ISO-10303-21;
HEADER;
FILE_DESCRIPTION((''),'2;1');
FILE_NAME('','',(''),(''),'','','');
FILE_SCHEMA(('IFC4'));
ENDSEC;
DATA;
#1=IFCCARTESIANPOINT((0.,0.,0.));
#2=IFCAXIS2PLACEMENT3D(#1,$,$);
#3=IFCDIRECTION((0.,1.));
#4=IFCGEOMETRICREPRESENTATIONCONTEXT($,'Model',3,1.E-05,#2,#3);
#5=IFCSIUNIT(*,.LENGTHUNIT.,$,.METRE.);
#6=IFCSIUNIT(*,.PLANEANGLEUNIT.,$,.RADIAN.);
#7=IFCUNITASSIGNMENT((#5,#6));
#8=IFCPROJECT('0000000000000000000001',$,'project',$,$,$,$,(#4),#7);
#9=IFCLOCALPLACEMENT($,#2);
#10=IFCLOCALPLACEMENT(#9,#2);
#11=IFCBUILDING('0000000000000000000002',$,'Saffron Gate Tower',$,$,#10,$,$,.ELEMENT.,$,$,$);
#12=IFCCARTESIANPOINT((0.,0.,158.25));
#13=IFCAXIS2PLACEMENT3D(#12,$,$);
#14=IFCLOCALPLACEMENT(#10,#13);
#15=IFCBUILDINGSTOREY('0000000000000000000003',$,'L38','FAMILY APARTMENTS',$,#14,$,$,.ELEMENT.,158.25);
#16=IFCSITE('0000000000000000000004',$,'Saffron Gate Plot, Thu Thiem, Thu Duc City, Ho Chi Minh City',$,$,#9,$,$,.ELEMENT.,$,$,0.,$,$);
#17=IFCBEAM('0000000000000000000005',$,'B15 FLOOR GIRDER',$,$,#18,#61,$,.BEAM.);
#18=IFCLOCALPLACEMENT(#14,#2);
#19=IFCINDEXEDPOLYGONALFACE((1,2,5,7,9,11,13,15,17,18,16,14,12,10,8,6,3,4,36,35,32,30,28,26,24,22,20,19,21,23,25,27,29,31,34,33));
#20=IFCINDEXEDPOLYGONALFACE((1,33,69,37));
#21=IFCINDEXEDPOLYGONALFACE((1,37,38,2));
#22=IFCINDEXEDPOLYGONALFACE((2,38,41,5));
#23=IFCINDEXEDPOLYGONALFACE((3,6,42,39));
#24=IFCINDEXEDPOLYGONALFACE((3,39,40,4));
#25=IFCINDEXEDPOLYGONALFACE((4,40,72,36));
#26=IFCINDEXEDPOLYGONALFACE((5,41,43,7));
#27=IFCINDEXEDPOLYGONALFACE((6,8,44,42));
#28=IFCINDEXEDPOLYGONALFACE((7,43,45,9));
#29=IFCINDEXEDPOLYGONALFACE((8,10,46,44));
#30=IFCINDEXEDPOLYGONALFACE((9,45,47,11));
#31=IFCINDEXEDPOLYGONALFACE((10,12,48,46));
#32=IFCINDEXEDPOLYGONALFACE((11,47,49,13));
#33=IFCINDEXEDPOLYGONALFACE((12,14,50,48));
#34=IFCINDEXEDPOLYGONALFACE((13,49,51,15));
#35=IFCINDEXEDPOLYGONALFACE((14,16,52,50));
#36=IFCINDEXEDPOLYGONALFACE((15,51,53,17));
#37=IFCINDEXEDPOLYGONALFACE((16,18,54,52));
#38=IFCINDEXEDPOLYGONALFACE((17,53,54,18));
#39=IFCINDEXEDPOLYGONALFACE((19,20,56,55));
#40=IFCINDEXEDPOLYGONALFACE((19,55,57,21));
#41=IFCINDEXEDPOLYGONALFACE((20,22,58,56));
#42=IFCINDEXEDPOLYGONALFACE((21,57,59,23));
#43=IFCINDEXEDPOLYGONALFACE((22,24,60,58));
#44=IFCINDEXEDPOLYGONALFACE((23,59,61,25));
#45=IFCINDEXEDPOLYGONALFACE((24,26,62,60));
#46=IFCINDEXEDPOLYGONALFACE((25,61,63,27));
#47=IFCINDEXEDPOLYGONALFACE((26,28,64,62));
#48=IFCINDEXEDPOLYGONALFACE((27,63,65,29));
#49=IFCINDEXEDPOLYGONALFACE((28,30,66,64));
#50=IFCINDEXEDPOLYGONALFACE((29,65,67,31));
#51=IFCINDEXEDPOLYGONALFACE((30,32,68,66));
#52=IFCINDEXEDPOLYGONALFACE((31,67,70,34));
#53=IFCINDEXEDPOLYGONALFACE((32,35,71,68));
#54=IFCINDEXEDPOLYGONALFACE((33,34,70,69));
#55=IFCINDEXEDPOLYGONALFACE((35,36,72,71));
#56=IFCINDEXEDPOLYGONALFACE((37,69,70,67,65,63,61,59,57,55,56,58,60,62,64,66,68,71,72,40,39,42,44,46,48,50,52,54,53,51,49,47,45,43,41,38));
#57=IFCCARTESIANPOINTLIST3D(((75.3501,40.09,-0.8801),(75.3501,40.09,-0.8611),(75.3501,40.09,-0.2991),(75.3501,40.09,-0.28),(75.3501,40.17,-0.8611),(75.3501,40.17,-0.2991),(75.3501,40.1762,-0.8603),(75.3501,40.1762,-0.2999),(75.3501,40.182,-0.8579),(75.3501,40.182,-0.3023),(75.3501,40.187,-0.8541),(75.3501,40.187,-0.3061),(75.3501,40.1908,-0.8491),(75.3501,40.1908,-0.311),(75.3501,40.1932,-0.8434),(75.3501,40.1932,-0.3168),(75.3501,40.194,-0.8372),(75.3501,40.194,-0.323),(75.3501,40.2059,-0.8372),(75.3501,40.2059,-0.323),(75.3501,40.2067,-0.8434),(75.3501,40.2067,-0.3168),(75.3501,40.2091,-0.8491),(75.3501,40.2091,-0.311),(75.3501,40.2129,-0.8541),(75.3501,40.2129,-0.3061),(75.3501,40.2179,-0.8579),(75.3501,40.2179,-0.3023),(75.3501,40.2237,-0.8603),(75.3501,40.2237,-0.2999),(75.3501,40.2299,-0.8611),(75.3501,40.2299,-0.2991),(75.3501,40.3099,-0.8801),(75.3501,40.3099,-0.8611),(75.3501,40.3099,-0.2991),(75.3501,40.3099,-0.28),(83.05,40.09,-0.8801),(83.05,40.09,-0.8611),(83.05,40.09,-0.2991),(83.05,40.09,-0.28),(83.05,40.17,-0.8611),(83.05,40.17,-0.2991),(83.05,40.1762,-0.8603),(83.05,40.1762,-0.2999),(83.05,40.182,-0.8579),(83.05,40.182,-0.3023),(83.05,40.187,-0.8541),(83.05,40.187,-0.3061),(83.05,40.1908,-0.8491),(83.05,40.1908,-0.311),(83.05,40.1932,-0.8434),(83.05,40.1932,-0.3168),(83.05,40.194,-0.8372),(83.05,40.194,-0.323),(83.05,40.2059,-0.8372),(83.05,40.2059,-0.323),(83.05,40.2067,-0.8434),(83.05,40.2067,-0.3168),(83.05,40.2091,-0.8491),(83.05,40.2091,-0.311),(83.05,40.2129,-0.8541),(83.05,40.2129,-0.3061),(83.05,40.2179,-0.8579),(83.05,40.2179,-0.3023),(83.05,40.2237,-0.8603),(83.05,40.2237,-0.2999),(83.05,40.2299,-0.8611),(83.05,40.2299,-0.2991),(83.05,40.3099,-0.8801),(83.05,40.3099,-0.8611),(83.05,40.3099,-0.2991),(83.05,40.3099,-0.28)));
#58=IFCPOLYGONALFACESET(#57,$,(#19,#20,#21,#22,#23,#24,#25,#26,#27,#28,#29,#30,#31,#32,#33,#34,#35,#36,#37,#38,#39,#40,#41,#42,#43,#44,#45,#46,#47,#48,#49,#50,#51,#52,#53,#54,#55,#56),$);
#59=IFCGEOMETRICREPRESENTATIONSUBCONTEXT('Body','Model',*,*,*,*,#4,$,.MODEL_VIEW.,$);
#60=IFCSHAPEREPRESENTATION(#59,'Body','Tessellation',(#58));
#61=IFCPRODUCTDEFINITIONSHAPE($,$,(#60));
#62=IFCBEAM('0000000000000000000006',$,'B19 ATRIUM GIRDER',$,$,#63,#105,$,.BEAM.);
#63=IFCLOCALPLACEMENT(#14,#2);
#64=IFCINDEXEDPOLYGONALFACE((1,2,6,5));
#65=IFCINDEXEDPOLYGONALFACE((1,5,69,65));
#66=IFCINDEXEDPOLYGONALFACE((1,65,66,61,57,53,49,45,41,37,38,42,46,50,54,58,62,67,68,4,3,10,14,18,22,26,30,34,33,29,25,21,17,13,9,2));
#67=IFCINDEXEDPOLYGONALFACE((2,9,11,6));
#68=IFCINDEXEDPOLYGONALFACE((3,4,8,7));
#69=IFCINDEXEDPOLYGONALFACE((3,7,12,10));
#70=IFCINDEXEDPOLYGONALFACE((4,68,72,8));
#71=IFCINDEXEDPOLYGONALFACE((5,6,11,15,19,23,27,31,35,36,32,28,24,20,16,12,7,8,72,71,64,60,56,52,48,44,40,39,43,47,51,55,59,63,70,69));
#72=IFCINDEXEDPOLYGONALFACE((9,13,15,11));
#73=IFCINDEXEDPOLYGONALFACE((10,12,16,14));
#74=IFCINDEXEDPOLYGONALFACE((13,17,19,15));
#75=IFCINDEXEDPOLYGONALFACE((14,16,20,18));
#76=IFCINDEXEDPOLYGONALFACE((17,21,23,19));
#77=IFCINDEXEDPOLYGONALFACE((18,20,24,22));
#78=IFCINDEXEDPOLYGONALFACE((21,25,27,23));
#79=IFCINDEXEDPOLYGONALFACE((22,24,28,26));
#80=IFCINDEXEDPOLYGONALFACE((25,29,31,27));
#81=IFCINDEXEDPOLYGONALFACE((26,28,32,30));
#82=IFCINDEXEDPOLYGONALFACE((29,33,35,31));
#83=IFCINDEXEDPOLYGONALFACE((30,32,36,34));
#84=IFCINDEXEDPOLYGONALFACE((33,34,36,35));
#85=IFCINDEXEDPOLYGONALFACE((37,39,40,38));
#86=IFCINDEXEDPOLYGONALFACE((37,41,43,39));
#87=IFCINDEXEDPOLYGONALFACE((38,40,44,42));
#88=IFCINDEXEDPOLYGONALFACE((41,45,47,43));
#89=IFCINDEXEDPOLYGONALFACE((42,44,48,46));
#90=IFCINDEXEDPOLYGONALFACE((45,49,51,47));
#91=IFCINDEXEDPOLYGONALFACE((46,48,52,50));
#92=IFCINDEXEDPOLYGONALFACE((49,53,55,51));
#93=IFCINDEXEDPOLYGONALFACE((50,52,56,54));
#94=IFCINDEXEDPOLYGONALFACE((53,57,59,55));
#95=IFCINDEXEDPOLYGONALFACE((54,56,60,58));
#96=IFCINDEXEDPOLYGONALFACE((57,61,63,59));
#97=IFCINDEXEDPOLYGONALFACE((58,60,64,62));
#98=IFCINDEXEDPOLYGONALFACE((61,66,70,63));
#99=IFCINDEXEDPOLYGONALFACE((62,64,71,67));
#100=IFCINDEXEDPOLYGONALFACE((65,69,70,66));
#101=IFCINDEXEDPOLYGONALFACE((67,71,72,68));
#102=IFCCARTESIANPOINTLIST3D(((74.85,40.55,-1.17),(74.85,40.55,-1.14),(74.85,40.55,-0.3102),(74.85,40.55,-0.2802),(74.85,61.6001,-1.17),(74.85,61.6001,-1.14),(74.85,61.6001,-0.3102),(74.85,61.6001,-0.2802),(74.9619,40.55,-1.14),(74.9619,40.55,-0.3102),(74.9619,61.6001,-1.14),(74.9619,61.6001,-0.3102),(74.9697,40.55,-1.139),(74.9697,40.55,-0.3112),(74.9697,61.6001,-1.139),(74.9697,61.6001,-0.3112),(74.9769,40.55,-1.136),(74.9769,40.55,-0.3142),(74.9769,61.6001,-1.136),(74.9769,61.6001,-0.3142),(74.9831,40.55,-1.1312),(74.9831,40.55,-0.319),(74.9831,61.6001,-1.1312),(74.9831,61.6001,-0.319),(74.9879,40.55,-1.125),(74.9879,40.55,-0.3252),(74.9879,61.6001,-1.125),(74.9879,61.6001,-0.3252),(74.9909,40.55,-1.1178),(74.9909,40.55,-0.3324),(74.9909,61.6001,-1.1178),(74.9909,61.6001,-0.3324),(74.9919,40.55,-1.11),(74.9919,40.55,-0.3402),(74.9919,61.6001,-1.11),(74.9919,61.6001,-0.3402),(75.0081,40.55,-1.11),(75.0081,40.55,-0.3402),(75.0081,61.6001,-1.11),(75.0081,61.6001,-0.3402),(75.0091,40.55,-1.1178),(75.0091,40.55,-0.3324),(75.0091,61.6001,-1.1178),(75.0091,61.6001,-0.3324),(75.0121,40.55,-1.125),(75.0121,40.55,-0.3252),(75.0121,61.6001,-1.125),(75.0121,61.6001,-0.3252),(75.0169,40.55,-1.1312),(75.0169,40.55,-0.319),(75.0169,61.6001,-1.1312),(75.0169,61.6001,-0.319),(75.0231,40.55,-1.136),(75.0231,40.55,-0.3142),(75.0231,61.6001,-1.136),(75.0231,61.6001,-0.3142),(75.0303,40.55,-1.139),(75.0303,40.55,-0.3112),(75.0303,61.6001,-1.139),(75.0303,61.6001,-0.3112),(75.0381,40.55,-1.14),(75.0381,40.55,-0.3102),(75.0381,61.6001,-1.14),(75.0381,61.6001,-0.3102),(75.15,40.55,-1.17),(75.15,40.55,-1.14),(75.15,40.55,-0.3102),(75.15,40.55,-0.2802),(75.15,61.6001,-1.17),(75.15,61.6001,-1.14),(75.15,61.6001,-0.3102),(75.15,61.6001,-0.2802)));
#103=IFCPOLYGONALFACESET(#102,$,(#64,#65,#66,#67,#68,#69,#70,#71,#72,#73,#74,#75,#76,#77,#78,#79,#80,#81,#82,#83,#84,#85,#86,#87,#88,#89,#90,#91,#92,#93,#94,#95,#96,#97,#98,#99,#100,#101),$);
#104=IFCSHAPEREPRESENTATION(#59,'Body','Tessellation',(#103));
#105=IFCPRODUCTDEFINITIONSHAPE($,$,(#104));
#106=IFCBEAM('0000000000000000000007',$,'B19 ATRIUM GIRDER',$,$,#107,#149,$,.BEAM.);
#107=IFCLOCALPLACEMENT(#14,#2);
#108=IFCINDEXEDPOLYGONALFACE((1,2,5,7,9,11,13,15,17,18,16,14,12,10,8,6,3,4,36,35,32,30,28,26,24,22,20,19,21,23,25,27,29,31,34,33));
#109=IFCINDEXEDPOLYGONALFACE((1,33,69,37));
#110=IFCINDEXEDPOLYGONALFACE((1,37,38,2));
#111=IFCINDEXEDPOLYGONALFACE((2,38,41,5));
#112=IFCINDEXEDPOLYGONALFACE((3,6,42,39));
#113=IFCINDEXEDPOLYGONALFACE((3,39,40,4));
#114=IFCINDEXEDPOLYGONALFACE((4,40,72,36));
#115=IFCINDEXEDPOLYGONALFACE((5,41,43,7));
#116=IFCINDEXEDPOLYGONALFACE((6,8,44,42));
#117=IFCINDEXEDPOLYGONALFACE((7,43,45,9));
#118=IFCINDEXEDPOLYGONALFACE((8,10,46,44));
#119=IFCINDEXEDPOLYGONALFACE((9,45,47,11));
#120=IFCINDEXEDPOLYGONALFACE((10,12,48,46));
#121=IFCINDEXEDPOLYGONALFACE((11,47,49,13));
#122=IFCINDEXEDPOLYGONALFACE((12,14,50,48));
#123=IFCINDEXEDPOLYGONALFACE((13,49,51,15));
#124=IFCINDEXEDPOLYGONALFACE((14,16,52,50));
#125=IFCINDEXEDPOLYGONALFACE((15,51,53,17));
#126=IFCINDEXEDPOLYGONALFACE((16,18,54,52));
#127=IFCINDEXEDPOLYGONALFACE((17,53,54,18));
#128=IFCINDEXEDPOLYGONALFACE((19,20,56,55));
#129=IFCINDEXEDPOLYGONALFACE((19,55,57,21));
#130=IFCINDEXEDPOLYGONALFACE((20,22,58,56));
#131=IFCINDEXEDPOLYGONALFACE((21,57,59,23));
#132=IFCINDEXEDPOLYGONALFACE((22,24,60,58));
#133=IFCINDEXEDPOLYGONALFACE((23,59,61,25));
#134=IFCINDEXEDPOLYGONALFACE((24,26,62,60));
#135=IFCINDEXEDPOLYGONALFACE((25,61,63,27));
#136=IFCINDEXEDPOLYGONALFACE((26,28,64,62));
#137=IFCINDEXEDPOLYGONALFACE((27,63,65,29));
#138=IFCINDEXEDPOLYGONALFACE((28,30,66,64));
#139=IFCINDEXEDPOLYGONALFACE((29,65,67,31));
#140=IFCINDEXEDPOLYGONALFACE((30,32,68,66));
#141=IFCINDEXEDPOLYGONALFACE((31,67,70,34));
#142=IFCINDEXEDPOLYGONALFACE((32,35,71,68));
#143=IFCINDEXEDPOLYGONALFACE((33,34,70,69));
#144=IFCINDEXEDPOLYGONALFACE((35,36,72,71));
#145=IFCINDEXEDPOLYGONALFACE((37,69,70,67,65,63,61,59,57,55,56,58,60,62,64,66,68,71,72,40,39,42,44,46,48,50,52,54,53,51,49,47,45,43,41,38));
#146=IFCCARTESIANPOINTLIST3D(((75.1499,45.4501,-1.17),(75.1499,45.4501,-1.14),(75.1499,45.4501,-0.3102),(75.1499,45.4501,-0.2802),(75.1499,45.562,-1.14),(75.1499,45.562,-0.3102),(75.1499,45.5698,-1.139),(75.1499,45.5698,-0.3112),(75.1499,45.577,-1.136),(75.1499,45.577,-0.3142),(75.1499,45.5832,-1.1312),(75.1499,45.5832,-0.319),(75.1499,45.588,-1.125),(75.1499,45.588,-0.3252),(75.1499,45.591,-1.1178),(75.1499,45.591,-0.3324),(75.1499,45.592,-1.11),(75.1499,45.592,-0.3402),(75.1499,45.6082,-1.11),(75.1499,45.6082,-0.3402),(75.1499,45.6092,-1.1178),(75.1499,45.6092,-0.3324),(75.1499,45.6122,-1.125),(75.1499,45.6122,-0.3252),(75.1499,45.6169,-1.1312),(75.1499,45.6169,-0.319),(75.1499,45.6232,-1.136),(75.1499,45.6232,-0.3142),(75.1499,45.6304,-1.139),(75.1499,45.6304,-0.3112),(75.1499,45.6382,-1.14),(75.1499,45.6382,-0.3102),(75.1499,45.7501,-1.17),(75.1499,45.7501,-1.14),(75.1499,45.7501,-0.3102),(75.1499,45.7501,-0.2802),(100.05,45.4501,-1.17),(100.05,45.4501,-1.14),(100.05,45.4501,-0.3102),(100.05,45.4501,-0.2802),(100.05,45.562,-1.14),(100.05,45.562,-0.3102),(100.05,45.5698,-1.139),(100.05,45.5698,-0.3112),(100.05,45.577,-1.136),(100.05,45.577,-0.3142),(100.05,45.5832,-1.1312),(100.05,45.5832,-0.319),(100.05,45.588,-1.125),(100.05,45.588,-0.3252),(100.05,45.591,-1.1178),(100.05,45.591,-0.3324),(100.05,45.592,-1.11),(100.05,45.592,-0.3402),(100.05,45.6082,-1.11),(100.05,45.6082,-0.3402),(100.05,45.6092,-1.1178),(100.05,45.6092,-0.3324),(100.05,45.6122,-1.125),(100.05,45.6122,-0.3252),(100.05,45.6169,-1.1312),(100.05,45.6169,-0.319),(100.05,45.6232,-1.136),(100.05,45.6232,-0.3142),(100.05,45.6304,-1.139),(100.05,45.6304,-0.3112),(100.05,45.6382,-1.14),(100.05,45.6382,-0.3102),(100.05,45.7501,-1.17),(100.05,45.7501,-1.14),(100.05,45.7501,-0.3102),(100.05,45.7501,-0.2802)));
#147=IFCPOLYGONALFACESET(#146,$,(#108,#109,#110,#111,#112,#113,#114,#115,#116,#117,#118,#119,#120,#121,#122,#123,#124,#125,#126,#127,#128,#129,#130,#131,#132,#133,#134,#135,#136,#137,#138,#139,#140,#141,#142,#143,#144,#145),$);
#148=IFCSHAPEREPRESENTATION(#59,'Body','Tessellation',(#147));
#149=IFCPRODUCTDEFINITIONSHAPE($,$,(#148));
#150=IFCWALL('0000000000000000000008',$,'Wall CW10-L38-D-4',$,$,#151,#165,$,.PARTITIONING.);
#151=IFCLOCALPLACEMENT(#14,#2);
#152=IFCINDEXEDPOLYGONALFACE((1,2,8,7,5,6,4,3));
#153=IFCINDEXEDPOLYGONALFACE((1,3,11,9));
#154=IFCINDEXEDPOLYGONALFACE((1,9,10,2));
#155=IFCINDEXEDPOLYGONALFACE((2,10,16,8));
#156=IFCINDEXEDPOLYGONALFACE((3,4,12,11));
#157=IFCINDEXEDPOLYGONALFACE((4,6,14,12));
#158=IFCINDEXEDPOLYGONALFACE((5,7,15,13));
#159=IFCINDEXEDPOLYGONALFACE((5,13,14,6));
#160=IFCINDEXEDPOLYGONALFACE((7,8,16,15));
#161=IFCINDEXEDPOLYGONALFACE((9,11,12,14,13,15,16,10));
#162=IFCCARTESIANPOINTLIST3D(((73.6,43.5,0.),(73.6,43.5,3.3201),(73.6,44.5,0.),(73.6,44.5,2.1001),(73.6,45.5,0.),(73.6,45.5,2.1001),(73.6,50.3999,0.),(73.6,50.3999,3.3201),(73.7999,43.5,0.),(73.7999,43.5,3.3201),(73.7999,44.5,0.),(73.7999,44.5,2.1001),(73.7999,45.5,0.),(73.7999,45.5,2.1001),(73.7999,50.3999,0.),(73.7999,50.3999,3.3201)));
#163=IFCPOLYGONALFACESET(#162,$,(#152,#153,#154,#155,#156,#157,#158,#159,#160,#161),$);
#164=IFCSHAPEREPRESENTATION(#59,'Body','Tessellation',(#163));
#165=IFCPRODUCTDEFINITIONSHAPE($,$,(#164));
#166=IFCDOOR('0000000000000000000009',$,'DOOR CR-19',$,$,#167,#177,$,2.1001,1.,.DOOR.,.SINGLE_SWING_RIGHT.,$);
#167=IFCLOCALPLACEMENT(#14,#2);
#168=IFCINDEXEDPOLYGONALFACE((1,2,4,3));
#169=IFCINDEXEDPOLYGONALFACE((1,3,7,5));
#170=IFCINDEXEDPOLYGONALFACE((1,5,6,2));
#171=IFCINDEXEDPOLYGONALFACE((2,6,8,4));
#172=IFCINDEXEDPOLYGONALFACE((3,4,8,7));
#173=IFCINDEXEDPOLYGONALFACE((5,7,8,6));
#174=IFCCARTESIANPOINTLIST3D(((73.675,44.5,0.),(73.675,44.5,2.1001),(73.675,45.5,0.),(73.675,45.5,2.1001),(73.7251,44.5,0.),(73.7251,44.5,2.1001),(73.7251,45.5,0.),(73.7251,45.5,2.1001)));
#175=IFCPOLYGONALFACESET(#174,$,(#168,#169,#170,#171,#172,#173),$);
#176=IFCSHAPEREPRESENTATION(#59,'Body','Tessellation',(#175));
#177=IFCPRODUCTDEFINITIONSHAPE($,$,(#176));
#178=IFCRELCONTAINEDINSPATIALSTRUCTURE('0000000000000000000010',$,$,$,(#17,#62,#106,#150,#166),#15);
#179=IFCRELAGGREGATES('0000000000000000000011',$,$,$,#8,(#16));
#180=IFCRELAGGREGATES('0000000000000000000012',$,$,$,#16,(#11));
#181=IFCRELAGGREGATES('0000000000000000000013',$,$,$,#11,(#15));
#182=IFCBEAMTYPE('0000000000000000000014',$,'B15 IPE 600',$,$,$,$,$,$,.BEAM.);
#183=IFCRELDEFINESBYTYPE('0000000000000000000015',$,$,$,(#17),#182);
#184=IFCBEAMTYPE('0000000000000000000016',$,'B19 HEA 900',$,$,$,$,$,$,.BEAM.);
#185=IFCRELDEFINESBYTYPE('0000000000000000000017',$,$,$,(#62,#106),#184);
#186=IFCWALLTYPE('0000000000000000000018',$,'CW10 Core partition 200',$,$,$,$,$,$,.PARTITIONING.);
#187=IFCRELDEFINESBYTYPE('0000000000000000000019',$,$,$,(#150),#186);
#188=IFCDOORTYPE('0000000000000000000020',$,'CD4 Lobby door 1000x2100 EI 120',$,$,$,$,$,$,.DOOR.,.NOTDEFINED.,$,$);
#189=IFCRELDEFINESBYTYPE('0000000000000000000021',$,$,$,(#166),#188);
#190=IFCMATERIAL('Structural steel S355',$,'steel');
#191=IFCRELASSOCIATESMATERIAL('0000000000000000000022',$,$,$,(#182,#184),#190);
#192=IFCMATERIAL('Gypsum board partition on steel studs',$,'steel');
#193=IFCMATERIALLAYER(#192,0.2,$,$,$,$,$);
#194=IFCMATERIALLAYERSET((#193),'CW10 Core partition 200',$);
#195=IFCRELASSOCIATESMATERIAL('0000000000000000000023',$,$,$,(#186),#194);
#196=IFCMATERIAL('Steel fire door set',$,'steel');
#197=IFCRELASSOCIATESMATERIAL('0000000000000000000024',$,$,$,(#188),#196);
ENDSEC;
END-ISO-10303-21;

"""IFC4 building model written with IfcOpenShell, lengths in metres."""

from ifc_helpers import new_model, si_unit, direction, frame, frame_2d, origin, origin_2d, place, context, subcontext, project, spatial, rectangle, i_section, extrude, material, layer, layer_set, material_profile, profile_set, type_object, element, fill, save


model = new_model("IFC4")

# Units and contexts
model_context = context("Model", 3, precision=1e-05, world=origin(), true_north=direction((0.0, 1.0)))
body_context = subcontext(model_context, "Body", "Model", "MODEL_VIEW")
ifc_project = project(units=[si_unit("LENGTHUNIT", "METRE"), si_unit("PLANEANGLEUNIT", "RADIAN")], contexts=[model_context])

# Site, building, storey
site_placement = place(None, origin())
site = spatial("IfcSite", under=ifc_project, at=site_placement, Name="Saffron Gate Plot, Thu Thiem, Thu Duc City, Ho Chi Minh City", CompositionType="ELEMENT", RefElevation=0.0)
building_placement = place(site_placement, origin())
building = spatial("IfcBuilding", under=site, at=building_placement, Name="Saffron Gate Tower", CompositionType="ELEMENT")
storey_placement = place(building_placement, frame((0.0, 0.0, 158.25)))
storey = spatial("IfcBuildingStorey", under=building, at=storey_placement, Name="L38", Description="FAMILY APARTMENTS", CompositionType="ELEMENT", Elevation=158.25)

# Beams
ifc_material_1 = material(Name="Structural steel S355", Category="steel")
ifc_material_profile_1 = material_profile(ifc_material_1, i_section(OverallWidth=0.22, OverallDepth=0.6001, WebThickness=0.012, FlangeThickness=0.019, FilletRadius=0.0239, at=origin_2d()))
ifc_profile_set_1 = profile_set([ifc_material_profile_1], Name="Structural steel S355")
beam_type_1 = type_object("IfcBeamType", Name="B15 IPE 600", PredefinedType="BEAM", material=ifc_profile_set_1)
beam_1_placement = place(storey_placement, frame((75.3501, 40.2, -0.5801), z_axis=(1.0, 0.0, 0.0), x_axis=(0.0, 1.0, 0.0)))
element("IfcBeam", 1, at=beam_1_placement, inside=storey, type_object=beam_type_1, Name="B15 FLOOR GIRDER", PredefinedType="BEAM", context=body_context, shape_type="SweptSolid", body=[
    extrude(i_section(OverallWidth=0.22, OverallDepth=0.6001, WebThickness=0.012, FlangeThickness=0.019, FilletRadius=0.0239, at=origin_2d()), origin(), (0.0, 0.0, 1.0), 7.7),
])
ifc_material_profile_2 = material_profile(ifc_material_1, i_section(OverallWidth=0.3, OverallDepth=0.8899, WebThickness=0.0161, FlangeThickness=0.03, FilletRadius=0.03, at=origin_2d()))
ifc_profile_set_2 = profile_set([ifc_material_profile_2], Name="Structural steel S355")
beam_type_2 = type_object("IfcBeamType", Name="B19 HEA 900", PredefinedType="BEAM", material=ifc_profile_set_2)
beam_2_placement = place(storey_placement, frame((75.0, 40.55, -0.7251), z_axis=(0.0, 1.0, 0.0), x_axis=(-1.0, 0.0, 0.0)))
element("IfcBeam", 2, at=beam_2_placement, inside=storey, type_object=beam_type_2, Name="B19 ATRIUM GIRDER", PredefinedType="BEAM", context=body_context, shape_type="SweptSolid", body=[
    extrude(i_section(OverallWidth=0.3, OverallDepth=0.8899, WebThickness=0.0161, FlangeThickness=0.03, FilletRadius=0.03, at=origin_2d()), origin(), (0.0, 0.0, 1.0), 21.05),
])
beam_3_placement = place(storey_placement, frame((75.1499, 45.6001, -0.7251), z_axis=(1.0, 0.0, 0.0), x_axis=(0.0, 1.0, 0.0)))
element("IfcBeam", 3, at=beam_3_placement, inside=storey, type_object=beam_type_2, Name="B19 ATRIUM GIRDER", PredefinedType="BEAM", context=body_context, shape_type="SweptSolid", body=[
    extrude(i_section(OverallWidth=0.3, OverallDepth=0.8899, WebThickness=0.0161, FlangeThickness=0.03, FilletRadius=0.03, at=origin_2d()), origin(), (0.0, 0.0, 1.0), 24.9001),
])

# Wall, opening, door
ifc_material_2 = material(Name="Gypsum board partition on steel studs", Category="steel")
ifc_layer_1 = layer(ifc_material_2, 0.2)
ifc_layer_set_1 = layer_set([ifc_layer_1], Name="CW10 Core partition 200")
wall_type_1 = type_object("IfcWallType", Name="CW10 Core partition 200", PredefinedType="PARTITIONING", material=ifc_layer_set_1)
wall_1_placement = place(storey_placement, frame((73.7, 43.5, 0.0), z_axis=(0.0, 0.0, 1.0), x_axis=(0.0, 1.0, 0.0)))
wall_1 = element("IfcWall", 4, at=wall_1_placement, inside=storey, type_object=wall_type_1, Name="Wall CW10-L38-D-4", PredefinedType="PARTITIONING", context=body_context, shape_type="SweptSolid", body=[
    extrude(rectangle(XDim=6.8999, YDim=0.2, at=frame_2d((3.45, 0.0))), origin(), (0.0, 0.0, 1.0), 3.3201),
])
opening_1_placement = place(wall_1_placement, frame((1.0, 0.0, 0.0)))
opening_1 = element("IfcOpeningElement", 5, at=opening_1_placement, cuts=wall_1, PredefinedType="OPENING", context=body_context, shape_type="SweptSolid", body=[
    extrude(rectangle(XDim=1.0, YDim=2.1001, at=frame_2d((0.5, 1.05))), frame((0.0, 0.1099, 0.0), z_axis=(0.0, -1.0, 0.0), x_axis=(1.0, 0.0, 0.0)), (0.0, 0.0, 1.0), 0.22),
])
ifc_material_3 = material(Name="Steel fire door set", Category="steel")
door_type_1 = type_object("IfcDoorType", Name="CD4 Lobby door 1000x2100 EI 120", OperationType="NOTDEFINED", PredefinedType="DOOR", material=ifc_material_3)
door_1_placement = place(opening_1_placement, origin())
door_1 = element("IfcDoor", 6, at=door_1_placement, inside=storey, type_object=door_type_1, Name="DOOR CR-19", OperationType="SINGLE_SWING_RIGHT", OverallHeight=2.1001, OverallWidth=1.0, PredefinedType="DOOR", context=body_context, shape_type="SweptSolid", body=[
    extrude(rectangle(XDim=1.0, YDim=2.1001, at=frame_2d((0.5, 1.05))), frame((0.0, 0.0249, 0.0), z_axis=(0.0, -1.0, 0.0), x_axis=(1.0, 0.0, 0.0)), (0.0, 0.0, 1.0), 0.05),
])
fill(opening_1, door_1)

save(model, "model.ifc")
